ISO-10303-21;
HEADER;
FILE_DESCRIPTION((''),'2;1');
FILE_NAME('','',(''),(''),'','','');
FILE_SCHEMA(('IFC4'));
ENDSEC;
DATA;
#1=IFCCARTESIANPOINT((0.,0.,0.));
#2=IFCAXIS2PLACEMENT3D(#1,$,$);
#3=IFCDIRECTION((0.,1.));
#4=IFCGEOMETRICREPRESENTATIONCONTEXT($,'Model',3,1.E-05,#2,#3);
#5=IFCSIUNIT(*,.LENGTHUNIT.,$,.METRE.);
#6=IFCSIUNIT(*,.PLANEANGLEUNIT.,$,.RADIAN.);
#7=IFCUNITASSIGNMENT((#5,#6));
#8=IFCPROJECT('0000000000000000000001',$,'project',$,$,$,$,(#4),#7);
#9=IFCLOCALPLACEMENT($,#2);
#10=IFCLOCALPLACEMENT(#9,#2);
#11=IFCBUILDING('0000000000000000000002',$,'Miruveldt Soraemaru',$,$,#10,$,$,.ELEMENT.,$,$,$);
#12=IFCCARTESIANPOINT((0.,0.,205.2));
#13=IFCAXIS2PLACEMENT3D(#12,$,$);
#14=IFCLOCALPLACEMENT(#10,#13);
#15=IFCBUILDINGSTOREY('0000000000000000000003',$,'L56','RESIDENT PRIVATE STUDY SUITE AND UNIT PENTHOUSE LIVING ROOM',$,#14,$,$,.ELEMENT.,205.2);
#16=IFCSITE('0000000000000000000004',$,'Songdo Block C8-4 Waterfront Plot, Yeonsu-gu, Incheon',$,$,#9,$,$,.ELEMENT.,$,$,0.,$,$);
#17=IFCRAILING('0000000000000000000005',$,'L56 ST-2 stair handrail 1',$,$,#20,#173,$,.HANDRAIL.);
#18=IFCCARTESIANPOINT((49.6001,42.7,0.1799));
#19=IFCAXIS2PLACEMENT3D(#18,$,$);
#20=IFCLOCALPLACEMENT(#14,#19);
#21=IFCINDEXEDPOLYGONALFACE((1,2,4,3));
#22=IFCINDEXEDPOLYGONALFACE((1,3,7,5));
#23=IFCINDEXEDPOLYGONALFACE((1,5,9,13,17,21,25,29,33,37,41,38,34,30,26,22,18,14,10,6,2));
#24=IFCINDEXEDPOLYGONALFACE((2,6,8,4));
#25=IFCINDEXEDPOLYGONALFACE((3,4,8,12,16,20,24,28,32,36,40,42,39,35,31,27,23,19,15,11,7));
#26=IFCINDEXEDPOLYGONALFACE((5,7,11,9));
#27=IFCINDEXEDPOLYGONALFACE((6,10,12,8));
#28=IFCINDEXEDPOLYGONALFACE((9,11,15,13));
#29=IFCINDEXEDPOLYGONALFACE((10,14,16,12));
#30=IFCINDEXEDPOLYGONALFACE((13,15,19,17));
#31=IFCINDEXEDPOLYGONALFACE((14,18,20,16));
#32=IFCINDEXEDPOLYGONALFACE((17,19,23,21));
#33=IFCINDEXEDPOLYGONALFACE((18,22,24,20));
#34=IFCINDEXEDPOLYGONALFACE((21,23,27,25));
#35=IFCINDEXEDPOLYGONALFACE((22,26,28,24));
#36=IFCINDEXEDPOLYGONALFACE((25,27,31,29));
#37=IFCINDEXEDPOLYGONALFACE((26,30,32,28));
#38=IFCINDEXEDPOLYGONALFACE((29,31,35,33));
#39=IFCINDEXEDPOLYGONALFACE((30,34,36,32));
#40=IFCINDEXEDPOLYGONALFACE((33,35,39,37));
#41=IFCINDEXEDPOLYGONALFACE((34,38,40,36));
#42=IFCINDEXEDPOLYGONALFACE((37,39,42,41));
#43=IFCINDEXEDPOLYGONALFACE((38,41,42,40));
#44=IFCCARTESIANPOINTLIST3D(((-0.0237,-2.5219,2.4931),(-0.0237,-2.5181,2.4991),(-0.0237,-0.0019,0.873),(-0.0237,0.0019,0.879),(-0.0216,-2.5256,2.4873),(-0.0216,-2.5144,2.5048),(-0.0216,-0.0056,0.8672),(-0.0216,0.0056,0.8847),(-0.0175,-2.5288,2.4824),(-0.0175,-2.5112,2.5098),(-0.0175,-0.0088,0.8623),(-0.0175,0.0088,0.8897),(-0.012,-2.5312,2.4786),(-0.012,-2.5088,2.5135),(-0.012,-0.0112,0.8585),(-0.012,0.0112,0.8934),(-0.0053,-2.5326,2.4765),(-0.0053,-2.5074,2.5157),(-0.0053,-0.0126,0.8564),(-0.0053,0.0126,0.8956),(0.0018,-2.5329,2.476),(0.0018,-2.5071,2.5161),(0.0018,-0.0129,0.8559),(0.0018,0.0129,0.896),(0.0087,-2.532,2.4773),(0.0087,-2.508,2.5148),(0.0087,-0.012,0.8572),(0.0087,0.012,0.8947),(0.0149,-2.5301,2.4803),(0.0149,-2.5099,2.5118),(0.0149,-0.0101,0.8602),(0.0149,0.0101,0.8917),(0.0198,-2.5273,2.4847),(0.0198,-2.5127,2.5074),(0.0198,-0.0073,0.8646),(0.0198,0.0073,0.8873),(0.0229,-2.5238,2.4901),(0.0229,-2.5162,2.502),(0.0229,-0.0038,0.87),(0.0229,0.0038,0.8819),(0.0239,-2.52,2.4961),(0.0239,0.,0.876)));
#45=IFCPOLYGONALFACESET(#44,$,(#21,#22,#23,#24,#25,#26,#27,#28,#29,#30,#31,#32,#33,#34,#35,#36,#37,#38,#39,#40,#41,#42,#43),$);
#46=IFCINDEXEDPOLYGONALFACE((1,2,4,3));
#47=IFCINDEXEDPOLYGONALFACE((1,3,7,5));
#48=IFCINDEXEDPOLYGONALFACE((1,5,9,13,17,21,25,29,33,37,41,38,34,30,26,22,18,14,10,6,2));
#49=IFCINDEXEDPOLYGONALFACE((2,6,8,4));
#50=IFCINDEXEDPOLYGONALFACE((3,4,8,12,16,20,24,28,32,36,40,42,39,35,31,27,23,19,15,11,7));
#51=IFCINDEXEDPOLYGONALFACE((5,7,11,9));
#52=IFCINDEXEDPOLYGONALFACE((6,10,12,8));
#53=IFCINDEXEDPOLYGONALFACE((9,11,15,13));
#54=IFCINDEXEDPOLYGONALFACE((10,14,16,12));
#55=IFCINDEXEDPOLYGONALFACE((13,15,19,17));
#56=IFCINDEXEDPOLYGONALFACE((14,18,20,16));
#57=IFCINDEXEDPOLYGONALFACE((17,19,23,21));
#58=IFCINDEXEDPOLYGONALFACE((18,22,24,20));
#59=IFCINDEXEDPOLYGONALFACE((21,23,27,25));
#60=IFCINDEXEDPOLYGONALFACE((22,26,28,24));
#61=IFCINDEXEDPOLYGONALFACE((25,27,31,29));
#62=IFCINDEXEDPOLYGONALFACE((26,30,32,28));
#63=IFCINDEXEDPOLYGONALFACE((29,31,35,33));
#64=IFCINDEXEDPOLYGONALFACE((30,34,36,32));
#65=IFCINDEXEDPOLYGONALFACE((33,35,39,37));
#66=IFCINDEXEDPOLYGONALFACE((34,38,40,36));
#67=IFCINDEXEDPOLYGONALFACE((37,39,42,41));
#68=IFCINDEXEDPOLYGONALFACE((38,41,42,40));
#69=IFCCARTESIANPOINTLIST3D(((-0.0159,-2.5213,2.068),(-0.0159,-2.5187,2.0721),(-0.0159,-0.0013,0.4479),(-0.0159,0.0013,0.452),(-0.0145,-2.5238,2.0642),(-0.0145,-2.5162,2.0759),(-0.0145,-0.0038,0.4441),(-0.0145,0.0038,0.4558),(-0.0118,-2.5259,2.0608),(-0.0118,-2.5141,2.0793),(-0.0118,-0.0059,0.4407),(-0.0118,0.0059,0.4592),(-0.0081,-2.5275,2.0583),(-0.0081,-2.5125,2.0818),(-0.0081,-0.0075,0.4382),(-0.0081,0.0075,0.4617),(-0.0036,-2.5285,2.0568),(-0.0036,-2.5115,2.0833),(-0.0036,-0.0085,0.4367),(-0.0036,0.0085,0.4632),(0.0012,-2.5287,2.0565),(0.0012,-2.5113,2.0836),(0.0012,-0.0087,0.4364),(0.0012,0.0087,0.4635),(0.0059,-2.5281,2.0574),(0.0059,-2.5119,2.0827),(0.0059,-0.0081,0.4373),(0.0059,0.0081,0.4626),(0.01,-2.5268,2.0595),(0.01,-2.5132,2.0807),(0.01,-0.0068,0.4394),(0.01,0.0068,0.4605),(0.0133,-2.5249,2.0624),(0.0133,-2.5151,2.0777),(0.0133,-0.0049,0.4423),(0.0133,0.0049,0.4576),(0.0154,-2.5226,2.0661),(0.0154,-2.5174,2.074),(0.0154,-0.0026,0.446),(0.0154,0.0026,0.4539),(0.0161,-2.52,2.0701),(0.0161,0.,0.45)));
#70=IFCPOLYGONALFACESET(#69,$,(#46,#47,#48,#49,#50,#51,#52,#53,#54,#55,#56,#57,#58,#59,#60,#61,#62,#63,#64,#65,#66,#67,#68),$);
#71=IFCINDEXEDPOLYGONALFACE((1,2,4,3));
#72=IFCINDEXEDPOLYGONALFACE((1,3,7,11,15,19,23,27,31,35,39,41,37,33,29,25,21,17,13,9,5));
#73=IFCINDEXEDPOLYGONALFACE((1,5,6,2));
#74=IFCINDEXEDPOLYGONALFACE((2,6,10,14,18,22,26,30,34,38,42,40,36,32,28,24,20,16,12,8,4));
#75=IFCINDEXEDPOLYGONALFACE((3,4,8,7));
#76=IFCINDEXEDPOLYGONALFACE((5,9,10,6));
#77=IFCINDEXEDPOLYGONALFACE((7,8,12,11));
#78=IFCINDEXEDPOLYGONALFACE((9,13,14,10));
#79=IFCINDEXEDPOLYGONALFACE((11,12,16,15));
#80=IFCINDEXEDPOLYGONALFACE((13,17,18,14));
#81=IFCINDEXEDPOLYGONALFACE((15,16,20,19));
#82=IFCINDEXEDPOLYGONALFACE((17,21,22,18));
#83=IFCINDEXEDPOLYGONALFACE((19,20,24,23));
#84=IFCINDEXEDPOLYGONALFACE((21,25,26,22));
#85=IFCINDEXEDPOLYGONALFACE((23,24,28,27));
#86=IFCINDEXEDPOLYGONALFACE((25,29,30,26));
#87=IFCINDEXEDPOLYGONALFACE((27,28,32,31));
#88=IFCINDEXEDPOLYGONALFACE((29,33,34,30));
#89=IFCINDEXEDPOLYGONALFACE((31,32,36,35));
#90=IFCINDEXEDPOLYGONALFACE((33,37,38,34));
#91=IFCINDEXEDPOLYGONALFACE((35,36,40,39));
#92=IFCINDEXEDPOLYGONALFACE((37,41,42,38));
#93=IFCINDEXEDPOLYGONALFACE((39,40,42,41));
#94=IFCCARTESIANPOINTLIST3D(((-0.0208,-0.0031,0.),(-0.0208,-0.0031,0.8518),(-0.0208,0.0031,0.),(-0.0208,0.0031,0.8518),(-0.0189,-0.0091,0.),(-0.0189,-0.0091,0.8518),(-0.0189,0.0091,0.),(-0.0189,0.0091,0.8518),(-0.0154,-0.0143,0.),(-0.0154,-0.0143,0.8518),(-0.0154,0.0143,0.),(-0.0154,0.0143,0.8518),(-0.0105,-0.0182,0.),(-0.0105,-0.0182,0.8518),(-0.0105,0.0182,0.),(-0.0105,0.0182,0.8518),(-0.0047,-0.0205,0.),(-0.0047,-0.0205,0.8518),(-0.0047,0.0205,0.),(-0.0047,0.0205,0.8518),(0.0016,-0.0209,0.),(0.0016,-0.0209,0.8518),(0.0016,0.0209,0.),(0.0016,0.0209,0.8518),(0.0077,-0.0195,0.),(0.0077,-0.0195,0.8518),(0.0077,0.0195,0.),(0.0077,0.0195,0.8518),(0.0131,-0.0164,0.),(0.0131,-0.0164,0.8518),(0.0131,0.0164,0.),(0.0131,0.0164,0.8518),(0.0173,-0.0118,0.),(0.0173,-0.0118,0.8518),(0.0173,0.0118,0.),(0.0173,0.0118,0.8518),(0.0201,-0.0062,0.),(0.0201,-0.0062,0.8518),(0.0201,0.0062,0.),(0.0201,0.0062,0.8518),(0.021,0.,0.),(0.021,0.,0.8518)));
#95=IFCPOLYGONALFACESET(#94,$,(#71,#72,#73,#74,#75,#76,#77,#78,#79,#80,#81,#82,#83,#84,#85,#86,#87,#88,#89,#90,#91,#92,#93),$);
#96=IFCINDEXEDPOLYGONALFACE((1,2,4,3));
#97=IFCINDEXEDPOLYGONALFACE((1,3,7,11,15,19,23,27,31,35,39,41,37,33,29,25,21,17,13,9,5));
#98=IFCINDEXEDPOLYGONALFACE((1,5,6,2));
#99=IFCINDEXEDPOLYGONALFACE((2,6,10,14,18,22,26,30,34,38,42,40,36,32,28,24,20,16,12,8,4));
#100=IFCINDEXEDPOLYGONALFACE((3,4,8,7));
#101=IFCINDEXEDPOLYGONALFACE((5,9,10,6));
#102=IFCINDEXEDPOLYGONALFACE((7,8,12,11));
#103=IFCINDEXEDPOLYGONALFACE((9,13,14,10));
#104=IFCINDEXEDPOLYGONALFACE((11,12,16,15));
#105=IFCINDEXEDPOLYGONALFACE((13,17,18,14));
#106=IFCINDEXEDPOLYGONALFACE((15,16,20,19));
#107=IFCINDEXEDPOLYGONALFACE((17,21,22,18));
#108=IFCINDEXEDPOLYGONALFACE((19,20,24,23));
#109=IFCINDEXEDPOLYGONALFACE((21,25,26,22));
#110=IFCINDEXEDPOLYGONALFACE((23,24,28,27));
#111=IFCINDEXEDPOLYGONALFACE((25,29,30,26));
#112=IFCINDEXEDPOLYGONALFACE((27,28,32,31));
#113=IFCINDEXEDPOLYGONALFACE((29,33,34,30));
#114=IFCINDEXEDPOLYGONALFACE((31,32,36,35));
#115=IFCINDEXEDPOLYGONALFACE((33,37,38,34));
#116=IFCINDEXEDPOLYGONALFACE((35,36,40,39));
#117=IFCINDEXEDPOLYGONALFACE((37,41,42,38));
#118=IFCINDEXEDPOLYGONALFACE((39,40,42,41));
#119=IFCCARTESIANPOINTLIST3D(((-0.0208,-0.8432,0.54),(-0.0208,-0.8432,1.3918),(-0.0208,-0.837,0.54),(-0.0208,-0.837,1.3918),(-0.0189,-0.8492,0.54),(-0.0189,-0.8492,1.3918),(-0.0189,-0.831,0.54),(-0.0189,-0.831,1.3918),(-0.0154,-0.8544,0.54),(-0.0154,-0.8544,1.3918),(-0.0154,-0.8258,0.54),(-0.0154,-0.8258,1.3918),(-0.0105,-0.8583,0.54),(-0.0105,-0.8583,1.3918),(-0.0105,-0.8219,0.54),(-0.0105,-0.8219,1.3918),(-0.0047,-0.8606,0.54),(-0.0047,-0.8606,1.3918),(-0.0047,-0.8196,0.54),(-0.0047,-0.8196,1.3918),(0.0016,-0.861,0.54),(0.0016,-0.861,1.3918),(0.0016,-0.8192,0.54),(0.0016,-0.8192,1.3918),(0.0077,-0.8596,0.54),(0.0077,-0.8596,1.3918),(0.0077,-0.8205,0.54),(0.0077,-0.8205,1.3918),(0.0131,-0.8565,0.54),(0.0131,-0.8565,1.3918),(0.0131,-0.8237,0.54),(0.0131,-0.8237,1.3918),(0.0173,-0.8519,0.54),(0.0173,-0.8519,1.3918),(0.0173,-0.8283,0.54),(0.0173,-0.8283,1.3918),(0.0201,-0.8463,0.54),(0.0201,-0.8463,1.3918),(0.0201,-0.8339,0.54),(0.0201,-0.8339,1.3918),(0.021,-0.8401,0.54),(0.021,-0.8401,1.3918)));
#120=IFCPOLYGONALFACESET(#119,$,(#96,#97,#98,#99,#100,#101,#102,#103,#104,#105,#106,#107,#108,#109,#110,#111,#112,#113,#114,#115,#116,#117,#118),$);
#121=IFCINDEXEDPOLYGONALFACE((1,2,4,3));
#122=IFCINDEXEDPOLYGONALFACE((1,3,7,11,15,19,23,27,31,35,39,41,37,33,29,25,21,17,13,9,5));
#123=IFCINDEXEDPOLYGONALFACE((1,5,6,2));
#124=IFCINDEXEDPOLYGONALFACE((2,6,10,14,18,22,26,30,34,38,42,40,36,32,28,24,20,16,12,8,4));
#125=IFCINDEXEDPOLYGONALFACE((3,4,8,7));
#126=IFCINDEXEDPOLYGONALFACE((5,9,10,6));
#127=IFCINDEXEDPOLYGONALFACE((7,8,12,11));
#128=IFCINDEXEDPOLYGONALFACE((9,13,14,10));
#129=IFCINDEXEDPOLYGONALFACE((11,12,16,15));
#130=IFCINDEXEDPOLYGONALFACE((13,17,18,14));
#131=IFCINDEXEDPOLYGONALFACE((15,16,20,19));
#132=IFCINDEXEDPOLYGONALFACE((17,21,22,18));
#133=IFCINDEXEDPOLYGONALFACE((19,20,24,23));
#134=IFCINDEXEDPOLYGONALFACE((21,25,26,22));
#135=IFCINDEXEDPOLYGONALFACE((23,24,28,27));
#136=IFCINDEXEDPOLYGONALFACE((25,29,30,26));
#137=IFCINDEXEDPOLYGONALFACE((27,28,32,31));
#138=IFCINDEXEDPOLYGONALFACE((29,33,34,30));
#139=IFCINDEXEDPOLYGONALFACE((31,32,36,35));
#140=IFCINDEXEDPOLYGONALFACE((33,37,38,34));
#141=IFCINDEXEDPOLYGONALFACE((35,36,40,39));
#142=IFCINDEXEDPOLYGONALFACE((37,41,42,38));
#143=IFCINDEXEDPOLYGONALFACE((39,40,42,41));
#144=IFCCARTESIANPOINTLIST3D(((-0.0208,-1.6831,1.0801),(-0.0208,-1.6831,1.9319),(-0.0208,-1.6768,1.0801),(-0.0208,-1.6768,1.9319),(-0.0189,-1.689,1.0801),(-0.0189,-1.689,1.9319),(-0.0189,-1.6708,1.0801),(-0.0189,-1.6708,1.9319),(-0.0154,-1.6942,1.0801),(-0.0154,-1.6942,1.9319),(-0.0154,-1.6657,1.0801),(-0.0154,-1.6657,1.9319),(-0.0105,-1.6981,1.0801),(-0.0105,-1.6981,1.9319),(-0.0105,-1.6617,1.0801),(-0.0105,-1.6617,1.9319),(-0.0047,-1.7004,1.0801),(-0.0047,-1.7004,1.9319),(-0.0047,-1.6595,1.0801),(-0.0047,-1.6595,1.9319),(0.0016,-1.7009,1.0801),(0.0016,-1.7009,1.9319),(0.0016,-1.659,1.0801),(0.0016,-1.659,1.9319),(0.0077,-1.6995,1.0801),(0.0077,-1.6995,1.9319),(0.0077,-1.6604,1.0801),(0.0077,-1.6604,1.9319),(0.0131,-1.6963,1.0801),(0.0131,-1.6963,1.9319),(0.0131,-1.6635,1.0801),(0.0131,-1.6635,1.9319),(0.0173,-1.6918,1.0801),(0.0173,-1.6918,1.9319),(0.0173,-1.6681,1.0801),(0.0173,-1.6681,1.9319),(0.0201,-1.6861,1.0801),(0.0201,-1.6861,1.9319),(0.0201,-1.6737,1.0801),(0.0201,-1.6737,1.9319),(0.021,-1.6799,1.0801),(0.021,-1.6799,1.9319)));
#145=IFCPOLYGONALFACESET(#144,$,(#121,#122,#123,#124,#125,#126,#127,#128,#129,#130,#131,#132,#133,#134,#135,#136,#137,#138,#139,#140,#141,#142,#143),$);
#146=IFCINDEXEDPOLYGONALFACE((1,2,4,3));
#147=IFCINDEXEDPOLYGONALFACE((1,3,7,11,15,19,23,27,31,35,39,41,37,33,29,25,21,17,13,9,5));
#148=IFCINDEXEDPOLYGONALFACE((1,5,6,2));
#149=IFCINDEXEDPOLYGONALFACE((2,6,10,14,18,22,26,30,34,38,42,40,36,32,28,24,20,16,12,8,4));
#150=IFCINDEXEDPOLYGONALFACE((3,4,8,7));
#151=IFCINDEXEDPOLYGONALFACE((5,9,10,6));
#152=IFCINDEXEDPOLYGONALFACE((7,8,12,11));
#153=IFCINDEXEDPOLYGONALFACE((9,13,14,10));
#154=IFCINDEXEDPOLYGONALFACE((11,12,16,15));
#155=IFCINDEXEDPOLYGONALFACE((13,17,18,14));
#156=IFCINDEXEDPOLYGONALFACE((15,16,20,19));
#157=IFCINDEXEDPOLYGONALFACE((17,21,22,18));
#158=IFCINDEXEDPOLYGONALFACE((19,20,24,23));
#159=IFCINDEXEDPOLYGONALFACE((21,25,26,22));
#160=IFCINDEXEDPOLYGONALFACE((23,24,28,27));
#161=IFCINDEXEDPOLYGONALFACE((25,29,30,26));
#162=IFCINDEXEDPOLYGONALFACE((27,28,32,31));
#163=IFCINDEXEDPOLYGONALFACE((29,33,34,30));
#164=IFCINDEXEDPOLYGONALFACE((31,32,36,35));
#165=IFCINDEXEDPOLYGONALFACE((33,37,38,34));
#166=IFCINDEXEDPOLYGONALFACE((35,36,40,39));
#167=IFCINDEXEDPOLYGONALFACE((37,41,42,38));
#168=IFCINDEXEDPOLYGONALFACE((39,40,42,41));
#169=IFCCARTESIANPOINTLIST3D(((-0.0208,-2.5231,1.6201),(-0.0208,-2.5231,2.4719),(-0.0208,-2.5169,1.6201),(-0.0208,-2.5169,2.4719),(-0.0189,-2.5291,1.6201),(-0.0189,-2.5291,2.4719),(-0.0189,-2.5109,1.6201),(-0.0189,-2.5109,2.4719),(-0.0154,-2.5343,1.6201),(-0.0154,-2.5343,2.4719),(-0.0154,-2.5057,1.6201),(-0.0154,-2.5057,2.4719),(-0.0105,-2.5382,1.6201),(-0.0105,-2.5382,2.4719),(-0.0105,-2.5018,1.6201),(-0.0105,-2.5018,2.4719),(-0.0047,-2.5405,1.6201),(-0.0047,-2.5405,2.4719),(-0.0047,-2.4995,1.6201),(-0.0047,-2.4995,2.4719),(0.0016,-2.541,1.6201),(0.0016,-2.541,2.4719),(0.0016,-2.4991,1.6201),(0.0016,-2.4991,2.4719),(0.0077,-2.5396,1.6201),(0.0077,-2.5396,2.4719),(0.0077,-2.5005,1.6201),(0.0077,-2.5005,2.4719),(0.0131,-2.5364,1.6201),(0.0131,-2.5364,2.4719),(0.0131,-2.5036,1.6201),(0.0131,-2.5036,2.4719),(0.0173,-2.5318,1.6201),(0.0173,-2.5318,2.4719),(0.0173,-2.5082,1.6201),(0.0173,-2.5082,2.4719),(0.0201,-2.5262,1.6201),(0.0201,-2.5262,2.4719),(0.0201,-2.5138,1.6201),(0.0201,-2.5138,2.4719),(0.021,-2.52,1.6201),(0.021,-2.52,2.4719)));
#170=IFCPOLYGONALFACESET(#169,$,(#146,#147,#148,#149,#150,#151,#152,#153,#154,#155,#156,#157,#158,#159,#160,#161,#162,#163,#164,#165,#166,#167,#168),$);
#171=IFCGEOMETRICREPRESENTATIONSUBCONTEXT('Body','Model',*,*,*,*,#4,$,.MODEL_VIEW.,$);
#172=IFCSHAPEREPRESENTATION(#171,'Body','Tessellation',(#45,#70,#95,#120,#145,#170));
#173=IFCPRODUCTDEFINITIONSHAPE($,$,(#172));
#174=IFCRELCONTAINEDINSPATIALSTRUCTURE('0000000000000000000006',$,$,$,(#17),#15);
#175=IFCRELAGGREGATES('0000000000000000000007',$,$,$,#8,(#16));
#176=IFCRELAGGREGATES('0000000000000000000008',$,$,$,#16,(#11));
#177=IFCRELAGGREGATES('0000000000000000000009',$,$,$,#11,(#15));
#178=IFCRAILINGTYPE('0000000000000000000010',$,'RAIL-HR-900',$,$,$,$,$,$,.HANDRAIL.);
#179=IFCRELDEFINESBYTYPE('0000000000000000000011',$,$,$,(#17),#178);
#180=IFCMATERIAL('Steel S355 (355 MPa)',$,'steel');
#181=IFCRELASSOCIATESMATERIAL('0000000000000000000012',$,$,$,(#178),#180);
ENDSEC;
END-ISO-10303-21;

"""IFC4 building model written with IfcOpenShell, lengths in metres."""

from ifc_helpers import new_model, si_unit, direction, frame, origin, origin_2d, place, context, subcontext, project, spatial, circle, extrude, material, type_object, element, save


model = new_model("IFC4")

# Units and contexts
model_context = context("Model", 3, precision=1e-05, world=origin(), true_north=direction((0.0, 1.0)))
body_context = subcontext(model_context, "Body", "Model", "MODEL_VIEW")
ifc_project = project(units=[si_unit("LENGTHUNIT", "METRE"), si_unit("PLANEANGLEUNIT", "RADIAN")], contexts=[model_context])

# Site, building, storey
site_placement = place(None, origin())
site = spatial("IfcSite", under=ifc_project, at=site_placement, Name="Songdo Block C8-4 Waterfront Plot, Yeonsu-gu, Incheon", CompositionType="ELEMENT", RefElevation=0.0)
building_placement = place(site_placement, origin())
building = spatial("IfcBuilding", under=site, at=building_placement, Name="Miruveldt Soraemaru", CompositionType="ELEMENT")
storey_placement = place(building_placement, frame((0.0, 0.0, 205.2)))
storey = spatial("IfcBuildingStorey", under=building, at=storey_placement, Name="L56", Description="RESIDENT PRIVATE STUDY SUITE AND UNIT PENTHOUSE LIVING ROOM", CompositionType="ELEMENT", Elevation=205.2)

# Railing
ifc_material_1 = material(Name="Steel S355 (355 MPa)", Category="steel")
railing_type_1 = type_object("IfcRailingType", Name="RAIL-HR-900", PredefinedType="HANDRAIL", material=ifc_material_1)
railing_1_placement = place(storey_placement, frame((49.6001, 42.7, 0.1799)))
element("IfcRailing", 1, at=railing_1_placement, inside=storey, type_object=railing_type_1, Name="L56 ST-2 stair handrail 1", PredefinedType="HANDRAIL", context=body_context, shape_type="SweptSolid", body=[
    extrude(circle(Radius=0.0239, at=origin_2d()), frame((0.0, 0.0, 0.876), z_axis=(0.0, -0.841163, 0.540782), x_axis=(1.0, 0.0, 0.0)), (0.0, 0.0, 1.0), 2.9958),
    extrude(circle(Radius=0.0161, at=origin_2d()), frame((0.0, 0.0, 0.45), z_axis=(0.0, -0.841163, 0.540782), x_axis=(1.0, 0.0, 0.0)), (0.0, 0.0, 1.0), 2.9958),
    extrude(circle(Radius=0.021, at=origin_2d()), origin(), (0.0, 0.0, 1.0), 0.8518),
    extrude(circle(Radius=0.021, at=origin_2d()), frame((0.0, -0.8401, 0.54)), (0.0, 0.0, 1.0), 0.8518),
    extrude(circle(Radius=0.021, at=origin_2d()), frame((0.0, -1.6799, 1.0801)), (0.0, 0.0, 1.0), 0.8518),
    extrude(circle(Radius=0.021, at=origin_2d()), frame((0.0, -2.52, 1.6201)), (0.0, 0.0, 1.0), 0.8518),
])

save(model, "model.ifc")
